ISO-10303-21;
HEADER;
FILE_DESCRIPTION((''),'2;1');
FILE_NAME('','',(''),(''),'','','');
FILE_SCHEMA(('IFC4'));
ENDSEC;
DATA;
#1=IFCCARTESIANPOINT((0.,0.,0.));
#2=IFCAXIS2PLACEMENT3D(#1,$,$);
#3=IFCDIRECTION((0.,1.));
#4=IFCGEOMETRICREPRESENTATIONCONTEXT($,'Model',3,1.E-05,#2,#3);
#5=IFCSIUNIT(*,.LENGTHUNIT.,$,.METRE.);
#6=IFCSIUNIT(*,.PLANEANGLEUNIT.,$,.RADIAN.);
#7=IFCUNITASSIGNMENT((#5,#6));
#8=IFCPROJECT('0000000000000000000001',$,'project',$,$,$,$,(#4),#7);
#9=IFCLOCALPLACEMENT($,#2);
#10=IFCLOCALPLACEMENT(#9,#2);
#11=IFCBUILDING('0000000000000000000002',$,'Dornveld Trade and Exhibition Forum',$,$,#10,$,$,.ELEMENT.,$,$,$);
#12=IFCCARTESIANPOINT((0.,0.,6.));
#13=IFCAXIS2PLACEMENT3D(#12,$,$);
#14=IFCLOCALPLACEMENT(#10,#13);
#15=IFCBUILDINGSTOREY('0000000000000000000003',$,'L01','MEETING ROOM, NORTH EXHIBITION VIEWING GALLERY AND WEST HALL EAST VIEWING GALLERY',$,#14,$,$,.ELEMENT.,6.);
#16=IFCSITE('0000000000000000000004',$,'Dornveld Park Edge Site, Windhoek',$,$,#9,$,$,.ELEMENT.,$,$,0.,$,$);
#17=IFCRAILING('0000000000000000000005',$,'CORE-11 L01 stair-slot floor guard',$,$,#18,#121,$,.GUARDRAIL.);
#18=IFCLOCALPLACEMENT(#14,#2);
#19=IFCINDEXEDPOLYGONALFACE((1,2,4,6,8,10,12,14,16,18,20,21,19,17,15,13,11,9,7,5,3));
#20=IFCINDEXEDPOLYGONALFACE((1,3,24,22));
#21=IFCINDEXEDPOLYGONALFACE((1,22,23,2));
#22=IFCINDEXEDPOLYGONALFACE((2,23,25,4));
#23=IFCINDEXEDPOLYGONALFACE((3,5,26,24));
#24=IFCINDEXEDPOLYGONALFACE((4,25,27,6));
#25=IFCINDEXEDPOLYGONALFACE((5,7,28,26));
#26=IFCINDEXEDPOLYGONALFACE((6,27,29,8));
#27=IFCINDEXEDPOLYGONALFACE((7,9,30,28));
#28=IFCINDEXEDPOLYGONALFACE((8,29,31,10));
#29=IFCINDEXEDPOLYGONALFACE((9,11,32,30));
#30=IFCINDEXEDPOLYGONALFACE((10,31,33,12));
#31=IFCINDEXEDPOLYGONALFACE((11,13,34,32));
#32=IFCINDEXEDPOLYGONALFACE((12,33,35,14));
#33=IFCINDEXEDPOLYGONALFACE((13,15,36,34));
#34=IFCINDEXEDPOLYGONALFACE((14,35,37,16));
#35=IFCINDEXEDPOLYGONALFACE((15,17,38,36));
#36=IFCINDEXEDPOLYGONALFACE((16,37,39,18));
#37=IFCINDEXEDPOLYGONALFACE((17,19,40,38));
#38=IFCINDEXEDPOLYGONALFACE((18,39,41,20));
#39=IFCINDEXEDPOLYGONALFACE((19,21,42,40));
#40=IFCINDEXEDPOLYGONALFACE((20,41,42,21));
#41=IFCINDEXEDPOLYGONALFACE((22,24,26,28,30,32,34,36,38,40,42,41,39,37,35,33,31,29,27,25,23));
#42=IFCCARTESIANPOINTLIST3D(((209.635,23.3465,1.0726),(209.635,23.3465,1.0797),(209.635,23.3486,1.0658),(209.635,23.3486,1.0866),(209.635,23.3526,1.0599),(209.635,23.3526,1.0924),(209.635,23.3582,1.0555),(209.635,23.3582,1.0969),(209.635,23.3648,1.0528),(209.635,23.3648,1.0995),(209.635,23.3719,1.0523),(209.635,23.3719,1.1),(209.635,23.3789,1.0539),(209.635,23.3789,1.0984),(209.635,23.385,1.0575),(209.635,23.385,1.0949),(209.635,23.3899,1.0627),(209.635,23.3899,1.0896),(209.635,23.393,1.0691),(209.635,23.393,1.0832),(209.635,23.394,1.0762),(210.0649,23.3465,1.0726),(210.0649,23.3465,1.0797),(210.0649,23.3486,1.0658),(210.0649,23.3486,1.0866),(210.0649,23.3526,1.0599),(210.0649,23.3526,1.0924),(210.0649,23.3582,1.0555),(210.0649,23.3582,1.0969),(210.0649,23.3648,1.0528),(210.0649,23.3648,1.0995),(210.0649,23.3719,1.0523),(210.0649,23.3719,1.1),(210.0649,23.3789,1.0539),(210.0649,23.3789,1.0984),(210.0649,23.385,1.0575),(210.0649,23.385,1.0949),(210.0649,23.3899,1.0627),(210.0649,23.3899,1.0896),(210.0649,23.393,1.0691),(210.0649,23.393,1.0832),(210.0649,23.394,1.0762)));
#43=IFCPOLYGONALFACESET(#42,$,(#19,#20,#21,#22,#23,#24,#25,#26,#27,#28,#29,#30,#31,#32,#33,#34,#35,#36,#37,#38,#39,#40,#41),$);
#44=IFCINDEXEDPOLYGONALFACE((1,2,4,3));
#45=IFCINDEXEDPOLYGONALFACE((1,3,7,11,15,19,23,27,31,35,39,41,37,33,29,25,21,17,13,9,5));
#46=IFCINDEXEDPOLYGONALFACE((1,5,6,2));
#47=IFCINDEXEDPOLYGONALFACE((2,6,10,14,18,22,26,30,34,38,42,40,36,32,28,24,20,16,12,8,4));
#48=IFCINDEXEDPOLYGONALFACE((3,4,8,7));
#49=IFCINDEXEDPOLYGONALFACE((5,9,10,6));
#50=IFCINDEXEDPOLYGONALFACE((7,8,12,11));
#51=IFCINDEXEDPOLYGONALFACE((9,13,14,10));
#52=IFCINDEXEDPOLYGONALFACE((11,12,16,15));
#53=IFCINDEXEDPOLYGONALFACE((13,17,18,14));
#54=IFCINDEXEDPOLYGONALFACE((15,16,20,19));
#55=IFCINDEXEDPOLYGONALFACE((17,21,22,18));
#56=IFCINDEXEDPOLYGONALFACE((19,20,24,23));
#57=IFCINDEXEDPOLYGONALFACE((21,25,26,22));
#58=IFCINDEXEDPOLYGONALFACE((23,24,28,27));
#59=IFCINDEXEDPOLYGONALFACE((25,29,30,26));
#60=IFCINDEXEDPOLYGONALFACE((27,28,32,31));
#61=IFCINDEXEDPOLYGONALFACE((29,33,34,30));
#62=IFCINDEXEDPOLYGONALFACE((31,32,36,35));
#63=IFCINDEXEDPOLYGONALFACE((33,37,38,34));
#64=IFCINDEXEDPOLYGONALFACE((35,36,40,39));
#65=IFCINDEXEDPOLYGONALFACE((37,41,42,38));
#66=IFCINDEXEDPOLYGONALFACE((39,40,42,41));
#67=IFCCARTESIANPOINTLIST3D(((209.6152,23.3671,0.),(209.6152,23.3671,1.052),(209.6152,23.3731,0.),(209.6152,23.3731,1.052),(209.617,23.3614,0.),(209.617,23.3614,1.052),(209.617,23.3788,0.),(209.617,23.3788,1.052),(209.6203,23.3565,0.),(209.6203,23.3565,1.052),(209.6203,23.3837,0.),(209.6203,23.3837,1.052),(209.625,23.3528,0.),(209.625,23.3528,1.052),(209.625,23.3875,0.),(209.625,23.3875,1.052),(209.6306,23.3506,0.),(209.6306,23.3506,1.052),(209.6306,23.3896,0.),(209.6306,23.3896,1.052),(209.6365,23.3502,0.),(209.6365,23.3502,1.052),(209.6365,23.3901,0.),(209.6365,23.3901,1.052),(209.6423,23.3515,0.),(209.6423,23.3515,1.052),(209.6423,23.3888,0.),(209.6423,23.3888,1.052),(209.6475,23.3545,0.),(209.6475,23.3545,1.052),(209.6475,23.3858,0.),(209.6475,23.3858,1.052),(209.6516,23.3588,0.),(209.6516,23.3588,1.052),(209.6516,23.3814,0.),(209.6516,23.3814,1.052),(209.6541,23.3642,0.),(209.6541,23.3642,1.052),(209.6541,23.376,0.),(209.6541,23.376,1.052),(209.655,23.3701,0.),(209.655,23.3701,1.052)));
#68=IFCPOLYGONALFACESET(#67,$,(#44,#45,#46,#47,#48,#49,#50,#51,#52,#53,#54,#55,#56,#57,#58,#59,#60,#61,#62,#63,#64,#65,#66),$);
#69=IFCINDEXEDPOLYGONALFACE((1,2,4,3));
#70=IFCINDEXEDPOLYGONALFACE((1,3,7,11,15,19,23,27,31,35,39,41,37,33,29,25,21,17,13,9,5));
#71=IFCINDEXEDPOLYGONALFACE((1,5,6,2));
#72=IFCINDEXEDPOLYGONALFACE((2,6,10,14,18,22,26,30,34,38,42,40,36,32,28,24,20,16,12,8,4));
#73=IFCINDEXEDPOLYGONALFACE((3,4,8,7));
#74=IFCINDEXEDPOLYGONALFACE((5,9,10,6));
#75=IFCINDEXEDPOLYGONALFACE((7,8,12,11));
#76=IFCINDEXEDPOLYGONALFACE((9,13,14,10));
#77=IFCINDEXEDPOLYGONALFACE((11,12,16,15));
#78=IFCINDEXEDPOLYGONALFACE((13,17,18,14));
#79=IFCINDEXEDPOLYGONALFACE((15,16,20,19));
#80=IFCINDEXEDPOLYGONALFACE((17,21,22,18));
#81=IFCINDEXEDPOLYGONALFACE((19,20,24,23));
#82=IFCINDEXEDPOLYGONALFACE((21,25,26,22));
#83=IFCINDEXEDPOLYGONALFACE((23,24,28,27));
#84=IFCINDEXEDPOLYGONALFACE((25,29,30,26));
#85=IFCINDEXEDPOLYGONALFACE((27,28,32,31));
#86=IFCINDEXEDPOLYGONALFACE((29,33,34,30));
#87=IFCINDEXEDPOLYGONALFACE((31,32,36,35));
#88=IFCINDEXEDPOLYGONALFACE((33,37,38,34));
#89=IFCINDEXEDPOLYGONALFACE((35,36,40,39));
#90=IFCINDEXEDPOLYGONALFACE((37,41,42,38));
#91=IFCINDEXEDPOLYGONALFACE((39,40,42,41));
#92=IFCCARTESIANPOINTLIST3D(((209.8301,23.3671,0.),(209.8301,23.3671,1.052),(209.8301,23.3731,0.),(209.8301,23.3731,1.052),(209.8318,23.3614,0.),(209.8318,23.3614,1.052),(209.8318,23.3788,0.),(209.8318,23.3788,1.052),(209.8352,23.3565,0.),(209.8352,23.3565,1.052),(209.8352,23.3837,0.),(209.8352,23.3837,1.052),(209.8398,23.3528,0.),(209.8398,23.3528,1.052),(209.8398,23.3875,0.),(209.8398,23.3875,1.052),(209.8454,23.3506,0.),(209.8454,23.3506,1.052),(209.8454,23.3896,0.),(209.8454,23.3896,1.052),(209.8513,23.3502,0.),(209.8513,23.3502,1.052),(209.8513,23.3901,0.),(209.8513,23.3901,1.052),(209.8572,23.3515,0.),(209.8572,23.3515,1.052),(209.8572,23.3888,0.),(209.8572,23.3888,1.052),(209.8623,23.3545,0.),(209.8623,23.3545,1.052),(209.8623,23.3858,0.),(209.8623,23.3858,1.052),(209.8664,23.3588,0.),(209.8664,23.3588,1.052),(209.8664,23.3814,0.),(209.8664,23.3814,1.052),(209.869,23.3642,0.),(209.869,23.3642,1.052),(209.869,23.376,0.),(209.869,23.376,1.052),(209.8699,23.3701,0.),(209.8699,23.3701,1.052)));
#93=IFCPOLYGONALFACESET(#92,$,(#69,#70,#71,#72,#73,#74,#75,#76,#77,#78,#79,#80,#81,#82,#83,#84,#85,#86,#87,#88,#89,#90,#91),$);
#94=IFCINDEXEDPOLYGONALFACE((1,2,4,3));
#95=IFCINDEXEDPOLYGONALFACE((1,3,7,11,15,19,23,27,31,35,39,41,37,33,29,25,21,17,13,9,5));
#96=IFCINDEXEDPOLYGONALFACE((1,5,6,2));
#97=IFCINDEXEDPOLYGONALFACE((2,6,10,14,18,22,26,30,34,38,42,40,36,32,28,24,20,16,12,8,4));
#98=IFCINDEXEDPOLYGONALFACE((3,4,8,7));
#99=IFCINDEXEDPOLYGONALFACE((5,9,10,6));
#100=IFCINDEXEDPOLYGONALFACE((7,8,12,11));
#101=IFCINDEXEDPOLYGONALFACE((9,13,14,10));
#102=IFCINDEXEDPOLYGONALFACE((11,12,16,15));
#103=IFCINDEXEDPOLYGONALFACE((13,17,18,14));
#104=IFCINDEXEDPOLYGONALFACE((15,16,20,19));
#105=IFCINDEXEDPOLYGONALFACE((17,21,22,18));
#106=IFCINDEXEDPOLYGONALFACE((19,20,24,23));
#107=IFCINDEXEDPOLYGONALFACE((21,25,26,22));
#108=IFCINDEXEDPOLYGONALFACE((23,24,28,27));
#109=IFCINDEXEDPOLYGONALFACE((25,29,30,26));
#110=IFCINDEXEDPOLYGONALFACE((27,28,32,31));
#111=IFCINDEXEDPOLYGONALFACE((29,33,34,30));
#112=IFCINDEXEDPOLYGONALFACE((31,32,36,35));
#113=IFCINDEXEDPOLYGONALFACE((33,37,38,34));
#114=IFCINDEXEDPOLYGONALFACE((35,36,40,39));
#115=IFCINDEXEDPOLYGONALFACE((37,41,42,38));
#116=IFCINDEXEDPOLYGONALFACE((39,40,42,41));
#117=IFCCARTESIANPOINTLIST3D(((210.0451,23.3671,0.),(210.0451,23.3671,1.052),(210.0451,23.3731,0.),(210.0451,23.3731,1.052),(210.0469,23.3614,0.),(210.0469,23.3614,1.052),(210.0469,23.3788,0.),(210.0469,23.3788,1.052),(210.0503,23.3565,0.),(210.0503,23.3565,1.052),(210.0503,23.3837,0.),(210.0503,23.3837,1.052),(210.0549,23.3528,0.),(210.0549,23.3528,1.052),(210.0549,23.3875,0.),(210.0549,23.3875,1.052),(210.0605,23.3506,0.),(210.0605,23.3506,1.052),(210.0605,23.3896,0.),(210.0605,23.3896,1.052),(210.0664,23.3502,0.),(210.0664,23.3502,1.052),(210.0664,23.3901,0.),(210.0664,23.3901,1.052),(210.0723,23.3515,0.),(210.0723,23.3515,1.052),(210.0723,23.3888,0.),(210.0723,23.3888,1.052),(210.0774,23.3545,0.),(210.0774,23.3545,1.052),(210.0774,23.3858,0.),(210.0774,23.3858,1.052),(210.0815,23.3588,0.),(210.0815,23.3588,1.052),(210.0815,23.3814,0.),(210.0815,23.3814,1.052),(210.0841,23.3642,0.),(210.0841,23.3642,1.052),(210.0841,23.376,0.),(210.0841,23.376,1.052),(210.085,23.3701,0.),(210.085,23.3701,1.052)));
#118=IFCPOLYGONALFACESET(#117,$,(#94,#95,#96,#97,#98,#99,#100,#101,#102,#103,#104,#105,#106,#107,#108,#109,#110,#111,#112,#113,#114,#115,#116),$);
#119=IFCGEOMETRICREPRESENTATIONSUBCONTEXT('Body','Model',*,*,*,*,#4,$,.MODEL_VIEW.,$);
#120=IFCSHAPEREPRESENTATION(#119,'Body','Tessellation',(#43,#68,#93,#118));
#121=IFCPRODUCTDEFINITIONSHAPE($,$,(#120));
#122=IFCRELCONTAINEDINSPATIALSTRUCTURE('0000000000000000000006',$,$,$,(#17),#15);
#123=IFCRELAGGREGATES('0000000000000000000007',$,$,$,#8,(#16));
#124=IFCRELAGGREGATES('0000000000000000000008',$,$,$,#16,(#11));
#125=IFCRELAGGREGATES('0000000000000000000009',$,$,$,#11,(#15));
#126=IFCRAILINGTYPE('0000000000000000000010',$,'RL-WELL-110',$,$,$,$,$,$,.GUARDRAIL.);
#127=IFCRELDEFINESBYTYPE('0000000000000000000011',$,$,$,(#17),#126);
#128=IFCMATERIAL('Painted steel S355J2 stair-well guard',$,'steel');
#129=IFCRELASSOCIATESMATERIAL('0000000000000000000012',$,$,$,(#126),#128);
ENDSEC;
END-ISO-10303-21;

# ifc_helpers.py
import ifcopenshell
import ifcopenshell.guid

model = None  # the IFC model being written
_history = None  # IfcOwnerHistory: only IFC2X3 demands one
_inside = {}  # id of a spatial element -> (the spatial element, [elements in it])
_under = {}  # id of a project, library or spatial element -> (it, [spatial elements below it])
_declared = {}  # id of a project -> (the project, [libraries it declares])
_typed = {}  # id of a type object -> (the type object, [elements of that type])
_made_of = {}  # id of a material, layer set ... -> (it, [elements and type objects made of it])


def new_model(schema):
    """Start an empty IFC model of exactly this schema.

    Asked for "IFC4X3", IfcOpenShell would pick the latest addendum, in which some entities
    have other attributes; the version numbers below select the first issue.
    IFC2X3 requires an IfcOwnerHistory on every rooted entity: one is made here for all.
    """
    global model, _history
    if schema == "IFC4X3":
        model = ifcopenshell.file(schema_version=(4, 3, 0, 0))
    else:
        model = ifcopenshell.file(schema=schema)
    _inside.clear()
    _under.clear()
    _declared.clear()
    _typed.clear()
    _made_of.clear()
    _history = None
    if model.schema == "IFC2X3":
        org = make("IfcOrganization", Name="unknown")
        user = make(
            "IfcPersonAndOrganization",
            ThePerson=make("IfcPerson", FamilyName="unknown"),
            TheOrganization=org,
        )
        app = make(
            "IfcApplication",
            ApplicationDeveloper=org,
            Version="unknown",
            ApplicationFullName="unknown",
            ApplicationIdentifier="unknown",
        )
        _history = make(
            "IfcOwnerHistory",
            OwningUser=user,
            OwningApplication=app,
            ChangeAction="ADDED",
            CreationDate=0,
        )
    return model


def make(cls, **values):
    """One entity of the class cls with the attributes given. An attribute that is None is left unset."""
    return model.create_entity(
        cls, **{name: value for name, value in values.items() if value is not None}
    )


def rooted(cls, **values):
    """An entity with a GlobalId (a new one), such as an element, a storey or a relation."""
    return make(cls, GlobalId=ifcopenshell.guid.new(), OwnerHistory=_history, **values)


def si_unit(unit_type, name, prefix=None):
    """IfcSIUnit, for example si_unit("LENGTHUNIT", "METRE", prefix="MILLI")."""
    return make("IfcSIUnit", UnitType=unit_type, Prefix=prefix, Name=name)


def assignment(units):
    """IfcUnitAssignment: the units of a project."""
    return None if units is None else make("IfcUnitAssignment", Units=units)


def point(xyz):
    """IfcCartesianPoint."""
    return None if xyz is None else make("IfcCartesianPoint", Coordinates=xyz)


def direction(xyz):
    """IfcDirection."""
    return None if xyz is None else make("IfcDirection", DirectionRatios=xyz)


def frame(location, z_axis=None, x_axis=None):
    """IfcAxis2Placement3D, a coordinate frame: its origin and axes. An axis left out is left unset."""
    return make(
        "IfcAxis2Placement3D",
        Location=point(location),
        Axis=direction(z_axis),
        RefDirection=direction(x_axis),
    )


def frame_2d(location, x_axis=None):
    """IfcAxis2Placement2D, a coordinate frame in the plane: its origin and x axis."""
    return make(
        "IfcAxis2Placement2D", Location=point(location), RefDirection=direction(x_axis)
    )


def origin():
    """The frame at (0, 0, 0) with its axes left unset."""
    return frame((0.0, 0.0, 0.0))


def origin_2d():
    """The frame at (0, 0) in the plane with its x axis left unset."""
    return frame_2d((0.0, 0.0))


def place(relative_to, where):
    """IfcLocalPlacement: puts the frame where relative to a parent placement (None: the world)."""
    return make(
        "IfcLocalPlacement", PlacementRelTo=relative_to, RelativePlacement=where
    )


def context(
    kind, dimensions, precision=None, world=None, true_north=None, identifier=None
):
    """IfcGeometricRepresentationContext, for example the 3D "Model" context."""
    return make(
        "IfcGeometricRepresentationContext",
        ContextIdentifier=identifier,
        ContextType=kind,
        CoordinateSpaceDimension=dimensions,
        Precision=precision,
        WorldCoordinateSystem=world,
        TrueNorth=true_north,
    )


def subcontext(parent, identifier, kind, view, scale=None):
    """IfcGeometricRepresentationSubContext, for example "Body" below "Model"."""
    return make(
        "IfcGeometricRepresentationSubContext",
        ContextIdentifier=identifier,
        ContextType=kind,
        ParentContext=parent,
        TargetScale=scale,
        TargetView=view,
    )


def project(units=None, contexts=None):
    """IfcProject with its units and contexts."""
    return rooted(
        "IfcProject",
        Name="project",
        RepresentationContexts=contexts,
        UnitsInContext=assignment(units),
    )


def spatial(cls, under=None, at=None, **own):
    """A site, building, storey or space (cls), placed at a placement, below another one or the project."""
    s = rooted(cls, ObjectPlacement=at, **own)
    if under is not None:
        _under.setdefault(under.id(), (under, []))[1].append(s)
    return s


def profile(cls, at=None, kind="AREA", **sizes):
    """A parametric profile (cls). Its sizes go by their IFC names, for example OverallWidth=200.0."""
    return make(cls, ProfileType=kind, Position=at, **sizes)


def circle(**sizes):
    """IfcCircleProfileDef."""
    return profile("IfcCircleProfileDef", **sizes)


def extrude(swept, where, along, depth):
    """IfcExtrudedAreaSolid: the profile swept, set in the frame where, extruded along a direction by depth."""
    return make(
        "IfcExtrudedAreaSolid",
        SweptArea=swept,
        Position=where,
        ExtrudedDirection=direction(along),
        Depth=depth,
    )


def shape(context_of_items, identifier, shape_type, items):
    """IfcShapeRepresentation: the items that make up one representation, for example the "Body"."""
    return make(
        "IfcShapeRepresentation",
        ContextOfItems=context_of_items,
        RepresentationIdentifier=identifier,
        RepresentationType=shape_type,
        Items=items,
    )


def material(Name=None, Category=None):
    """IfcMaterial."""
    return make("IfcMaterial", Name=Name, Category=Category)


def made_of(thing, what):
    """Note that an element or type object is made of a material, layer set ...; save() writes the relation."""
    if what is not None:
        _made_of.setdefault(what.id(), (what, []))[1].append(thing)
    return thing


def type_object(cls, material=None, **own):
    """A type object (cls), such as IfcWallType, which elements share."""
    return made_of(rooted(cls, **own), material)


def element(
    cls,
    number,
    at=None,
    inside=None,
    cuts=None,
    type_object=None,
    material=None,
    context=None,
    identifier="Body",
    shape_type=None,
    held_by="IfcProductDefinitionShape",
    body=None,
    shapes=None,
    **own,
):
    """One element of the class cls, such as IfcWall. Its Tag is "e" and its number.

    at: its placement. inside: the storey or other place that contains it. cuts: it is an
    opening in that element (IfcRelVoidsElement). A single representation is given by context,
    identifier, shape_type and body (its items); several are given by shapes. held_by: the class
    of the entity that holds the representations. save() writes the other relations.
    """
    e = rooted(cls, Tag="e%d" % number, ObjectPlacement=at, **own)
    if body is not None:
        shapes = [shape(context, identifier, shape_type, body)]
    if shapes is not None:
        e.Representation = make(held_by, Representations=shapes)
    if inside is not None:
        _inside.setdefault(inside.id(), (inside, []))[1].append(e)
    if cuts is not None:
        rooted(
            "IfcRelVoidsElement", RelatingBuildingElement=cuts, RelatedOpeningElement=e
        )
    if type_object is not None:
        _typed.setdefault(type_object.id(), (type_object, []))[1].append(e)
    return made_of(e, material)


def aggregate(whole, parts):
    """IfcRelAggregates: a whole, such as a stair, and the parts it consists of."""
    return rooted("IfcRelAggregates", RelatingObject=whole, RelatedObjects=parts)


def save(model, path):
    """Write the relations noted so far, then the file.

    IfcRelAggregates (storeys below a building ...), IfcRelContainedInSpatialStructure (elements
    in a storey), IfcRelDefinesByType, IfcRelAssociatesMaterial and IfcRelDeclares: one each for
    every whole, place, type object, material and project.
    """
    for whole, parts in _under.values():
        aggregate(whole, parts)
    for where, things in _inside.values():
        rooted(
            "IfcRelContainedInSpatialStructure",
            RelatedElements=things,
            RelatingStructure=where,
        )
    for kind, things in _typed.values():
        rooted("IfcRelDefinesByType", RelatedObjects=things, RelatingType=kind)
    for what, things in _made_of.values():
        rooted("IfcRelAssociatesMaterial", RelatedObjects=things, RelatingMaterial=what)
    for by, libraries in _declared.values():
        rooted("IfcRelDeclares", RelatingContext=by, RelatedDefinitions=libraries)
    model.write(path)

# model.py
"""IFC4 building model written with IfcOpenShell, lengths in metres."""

from ifc_helpers import new_model, si_unit, direction, frame, origin, origin_2d, place, context, subcontext, project, spatial, circle, extrude, material, type_object, element, save


model = new_model("IFC4")

# Units and contexts
model_context = context("Model", 3, precision=1e-05, world=origin(), true_north=direction((0.0, 1.0)))
body_context = subcontext(model_context, "Body", "Model", "MODEL_VIEW")
ifc_project = project(units=[si_unit("LENGTHUNIT", "METRE"), si_unit("PLANEANGLEUNIT", "RADIAN")], contexts=[model_context])

# Site, building, storey
site_placement = place(None, origin())
site = spatial("IfcSite", under=ifc_project, at=site_placement, Name="Dornveld Park Edge Site, Windhoek", CompositionType="ELEMENT", RefElevation=0.0)
building_placement = place(site_placement, origin())
building = spatial("IfcBuilding", under=site, at=building_placement, Name="Dornveld Trade and Exhibition Forum", CompositionType="ELEMENT")
storey_placement = place(building_placement, frame((0.0, 0.0, 6.0)))
storey = spatial("IfcBuildingStorey", under=building, at=storey_placement, Name="L01", Description="MEETING ROOM, NORTH EXHIBITION VIEWING GALLERY AND WEST HALL EAST VIEWING GALLERY", CompositionType="ELEMENT", Elevation=6.0)

# Railing
ifc_material_1 = material(Name="Painted steel S355J2 stair-well guard", Category="steel")
railing_type_1 = type_object("IfcRailingType", Name="RL-WELL-110", PredefinedType="GUARDRAIL", material=ifc_material_1)
railing_1_placement = place(storey_placement, frame((209.635, 23.3701, 0.0)))
element("IfcRailing", 1, at=railing_1_placement, inside=storey, type_object=railing_type_1, Name="CORE-11 L01 stair-slot floor guard", PredefinedType="GUARDRAIL", context=body_context, shape_type="SweptSolid", body=[
    extrude(circle(Radius=0.0239, at=origin_2d()), frame((0.0, 0.0, 1.0762), z_axis=(1.0, 0.0, 0.0), x_axis=(0.0, 1.0, 0.0)), (0.0, 0.0, 1.0), 0.4299),
    extrude(circle(Radius=0.02, at=origin_2d()), origin(), (0.0, 0.0, 1.0), 1.052),
    extrude(circle(Radius=0.02, at=origin_2d()), frame((0.2148, 0.0, 0.0)), (0.0, 0.0, 1.0), 1.052),
    extrude(circle(Radius=0.02, at=origin_2d()), frame((0.4299, 0.0, 0.0)), (0.0, 0.0, 1.0), 1.052),
])

save(model, "model.ifc")
